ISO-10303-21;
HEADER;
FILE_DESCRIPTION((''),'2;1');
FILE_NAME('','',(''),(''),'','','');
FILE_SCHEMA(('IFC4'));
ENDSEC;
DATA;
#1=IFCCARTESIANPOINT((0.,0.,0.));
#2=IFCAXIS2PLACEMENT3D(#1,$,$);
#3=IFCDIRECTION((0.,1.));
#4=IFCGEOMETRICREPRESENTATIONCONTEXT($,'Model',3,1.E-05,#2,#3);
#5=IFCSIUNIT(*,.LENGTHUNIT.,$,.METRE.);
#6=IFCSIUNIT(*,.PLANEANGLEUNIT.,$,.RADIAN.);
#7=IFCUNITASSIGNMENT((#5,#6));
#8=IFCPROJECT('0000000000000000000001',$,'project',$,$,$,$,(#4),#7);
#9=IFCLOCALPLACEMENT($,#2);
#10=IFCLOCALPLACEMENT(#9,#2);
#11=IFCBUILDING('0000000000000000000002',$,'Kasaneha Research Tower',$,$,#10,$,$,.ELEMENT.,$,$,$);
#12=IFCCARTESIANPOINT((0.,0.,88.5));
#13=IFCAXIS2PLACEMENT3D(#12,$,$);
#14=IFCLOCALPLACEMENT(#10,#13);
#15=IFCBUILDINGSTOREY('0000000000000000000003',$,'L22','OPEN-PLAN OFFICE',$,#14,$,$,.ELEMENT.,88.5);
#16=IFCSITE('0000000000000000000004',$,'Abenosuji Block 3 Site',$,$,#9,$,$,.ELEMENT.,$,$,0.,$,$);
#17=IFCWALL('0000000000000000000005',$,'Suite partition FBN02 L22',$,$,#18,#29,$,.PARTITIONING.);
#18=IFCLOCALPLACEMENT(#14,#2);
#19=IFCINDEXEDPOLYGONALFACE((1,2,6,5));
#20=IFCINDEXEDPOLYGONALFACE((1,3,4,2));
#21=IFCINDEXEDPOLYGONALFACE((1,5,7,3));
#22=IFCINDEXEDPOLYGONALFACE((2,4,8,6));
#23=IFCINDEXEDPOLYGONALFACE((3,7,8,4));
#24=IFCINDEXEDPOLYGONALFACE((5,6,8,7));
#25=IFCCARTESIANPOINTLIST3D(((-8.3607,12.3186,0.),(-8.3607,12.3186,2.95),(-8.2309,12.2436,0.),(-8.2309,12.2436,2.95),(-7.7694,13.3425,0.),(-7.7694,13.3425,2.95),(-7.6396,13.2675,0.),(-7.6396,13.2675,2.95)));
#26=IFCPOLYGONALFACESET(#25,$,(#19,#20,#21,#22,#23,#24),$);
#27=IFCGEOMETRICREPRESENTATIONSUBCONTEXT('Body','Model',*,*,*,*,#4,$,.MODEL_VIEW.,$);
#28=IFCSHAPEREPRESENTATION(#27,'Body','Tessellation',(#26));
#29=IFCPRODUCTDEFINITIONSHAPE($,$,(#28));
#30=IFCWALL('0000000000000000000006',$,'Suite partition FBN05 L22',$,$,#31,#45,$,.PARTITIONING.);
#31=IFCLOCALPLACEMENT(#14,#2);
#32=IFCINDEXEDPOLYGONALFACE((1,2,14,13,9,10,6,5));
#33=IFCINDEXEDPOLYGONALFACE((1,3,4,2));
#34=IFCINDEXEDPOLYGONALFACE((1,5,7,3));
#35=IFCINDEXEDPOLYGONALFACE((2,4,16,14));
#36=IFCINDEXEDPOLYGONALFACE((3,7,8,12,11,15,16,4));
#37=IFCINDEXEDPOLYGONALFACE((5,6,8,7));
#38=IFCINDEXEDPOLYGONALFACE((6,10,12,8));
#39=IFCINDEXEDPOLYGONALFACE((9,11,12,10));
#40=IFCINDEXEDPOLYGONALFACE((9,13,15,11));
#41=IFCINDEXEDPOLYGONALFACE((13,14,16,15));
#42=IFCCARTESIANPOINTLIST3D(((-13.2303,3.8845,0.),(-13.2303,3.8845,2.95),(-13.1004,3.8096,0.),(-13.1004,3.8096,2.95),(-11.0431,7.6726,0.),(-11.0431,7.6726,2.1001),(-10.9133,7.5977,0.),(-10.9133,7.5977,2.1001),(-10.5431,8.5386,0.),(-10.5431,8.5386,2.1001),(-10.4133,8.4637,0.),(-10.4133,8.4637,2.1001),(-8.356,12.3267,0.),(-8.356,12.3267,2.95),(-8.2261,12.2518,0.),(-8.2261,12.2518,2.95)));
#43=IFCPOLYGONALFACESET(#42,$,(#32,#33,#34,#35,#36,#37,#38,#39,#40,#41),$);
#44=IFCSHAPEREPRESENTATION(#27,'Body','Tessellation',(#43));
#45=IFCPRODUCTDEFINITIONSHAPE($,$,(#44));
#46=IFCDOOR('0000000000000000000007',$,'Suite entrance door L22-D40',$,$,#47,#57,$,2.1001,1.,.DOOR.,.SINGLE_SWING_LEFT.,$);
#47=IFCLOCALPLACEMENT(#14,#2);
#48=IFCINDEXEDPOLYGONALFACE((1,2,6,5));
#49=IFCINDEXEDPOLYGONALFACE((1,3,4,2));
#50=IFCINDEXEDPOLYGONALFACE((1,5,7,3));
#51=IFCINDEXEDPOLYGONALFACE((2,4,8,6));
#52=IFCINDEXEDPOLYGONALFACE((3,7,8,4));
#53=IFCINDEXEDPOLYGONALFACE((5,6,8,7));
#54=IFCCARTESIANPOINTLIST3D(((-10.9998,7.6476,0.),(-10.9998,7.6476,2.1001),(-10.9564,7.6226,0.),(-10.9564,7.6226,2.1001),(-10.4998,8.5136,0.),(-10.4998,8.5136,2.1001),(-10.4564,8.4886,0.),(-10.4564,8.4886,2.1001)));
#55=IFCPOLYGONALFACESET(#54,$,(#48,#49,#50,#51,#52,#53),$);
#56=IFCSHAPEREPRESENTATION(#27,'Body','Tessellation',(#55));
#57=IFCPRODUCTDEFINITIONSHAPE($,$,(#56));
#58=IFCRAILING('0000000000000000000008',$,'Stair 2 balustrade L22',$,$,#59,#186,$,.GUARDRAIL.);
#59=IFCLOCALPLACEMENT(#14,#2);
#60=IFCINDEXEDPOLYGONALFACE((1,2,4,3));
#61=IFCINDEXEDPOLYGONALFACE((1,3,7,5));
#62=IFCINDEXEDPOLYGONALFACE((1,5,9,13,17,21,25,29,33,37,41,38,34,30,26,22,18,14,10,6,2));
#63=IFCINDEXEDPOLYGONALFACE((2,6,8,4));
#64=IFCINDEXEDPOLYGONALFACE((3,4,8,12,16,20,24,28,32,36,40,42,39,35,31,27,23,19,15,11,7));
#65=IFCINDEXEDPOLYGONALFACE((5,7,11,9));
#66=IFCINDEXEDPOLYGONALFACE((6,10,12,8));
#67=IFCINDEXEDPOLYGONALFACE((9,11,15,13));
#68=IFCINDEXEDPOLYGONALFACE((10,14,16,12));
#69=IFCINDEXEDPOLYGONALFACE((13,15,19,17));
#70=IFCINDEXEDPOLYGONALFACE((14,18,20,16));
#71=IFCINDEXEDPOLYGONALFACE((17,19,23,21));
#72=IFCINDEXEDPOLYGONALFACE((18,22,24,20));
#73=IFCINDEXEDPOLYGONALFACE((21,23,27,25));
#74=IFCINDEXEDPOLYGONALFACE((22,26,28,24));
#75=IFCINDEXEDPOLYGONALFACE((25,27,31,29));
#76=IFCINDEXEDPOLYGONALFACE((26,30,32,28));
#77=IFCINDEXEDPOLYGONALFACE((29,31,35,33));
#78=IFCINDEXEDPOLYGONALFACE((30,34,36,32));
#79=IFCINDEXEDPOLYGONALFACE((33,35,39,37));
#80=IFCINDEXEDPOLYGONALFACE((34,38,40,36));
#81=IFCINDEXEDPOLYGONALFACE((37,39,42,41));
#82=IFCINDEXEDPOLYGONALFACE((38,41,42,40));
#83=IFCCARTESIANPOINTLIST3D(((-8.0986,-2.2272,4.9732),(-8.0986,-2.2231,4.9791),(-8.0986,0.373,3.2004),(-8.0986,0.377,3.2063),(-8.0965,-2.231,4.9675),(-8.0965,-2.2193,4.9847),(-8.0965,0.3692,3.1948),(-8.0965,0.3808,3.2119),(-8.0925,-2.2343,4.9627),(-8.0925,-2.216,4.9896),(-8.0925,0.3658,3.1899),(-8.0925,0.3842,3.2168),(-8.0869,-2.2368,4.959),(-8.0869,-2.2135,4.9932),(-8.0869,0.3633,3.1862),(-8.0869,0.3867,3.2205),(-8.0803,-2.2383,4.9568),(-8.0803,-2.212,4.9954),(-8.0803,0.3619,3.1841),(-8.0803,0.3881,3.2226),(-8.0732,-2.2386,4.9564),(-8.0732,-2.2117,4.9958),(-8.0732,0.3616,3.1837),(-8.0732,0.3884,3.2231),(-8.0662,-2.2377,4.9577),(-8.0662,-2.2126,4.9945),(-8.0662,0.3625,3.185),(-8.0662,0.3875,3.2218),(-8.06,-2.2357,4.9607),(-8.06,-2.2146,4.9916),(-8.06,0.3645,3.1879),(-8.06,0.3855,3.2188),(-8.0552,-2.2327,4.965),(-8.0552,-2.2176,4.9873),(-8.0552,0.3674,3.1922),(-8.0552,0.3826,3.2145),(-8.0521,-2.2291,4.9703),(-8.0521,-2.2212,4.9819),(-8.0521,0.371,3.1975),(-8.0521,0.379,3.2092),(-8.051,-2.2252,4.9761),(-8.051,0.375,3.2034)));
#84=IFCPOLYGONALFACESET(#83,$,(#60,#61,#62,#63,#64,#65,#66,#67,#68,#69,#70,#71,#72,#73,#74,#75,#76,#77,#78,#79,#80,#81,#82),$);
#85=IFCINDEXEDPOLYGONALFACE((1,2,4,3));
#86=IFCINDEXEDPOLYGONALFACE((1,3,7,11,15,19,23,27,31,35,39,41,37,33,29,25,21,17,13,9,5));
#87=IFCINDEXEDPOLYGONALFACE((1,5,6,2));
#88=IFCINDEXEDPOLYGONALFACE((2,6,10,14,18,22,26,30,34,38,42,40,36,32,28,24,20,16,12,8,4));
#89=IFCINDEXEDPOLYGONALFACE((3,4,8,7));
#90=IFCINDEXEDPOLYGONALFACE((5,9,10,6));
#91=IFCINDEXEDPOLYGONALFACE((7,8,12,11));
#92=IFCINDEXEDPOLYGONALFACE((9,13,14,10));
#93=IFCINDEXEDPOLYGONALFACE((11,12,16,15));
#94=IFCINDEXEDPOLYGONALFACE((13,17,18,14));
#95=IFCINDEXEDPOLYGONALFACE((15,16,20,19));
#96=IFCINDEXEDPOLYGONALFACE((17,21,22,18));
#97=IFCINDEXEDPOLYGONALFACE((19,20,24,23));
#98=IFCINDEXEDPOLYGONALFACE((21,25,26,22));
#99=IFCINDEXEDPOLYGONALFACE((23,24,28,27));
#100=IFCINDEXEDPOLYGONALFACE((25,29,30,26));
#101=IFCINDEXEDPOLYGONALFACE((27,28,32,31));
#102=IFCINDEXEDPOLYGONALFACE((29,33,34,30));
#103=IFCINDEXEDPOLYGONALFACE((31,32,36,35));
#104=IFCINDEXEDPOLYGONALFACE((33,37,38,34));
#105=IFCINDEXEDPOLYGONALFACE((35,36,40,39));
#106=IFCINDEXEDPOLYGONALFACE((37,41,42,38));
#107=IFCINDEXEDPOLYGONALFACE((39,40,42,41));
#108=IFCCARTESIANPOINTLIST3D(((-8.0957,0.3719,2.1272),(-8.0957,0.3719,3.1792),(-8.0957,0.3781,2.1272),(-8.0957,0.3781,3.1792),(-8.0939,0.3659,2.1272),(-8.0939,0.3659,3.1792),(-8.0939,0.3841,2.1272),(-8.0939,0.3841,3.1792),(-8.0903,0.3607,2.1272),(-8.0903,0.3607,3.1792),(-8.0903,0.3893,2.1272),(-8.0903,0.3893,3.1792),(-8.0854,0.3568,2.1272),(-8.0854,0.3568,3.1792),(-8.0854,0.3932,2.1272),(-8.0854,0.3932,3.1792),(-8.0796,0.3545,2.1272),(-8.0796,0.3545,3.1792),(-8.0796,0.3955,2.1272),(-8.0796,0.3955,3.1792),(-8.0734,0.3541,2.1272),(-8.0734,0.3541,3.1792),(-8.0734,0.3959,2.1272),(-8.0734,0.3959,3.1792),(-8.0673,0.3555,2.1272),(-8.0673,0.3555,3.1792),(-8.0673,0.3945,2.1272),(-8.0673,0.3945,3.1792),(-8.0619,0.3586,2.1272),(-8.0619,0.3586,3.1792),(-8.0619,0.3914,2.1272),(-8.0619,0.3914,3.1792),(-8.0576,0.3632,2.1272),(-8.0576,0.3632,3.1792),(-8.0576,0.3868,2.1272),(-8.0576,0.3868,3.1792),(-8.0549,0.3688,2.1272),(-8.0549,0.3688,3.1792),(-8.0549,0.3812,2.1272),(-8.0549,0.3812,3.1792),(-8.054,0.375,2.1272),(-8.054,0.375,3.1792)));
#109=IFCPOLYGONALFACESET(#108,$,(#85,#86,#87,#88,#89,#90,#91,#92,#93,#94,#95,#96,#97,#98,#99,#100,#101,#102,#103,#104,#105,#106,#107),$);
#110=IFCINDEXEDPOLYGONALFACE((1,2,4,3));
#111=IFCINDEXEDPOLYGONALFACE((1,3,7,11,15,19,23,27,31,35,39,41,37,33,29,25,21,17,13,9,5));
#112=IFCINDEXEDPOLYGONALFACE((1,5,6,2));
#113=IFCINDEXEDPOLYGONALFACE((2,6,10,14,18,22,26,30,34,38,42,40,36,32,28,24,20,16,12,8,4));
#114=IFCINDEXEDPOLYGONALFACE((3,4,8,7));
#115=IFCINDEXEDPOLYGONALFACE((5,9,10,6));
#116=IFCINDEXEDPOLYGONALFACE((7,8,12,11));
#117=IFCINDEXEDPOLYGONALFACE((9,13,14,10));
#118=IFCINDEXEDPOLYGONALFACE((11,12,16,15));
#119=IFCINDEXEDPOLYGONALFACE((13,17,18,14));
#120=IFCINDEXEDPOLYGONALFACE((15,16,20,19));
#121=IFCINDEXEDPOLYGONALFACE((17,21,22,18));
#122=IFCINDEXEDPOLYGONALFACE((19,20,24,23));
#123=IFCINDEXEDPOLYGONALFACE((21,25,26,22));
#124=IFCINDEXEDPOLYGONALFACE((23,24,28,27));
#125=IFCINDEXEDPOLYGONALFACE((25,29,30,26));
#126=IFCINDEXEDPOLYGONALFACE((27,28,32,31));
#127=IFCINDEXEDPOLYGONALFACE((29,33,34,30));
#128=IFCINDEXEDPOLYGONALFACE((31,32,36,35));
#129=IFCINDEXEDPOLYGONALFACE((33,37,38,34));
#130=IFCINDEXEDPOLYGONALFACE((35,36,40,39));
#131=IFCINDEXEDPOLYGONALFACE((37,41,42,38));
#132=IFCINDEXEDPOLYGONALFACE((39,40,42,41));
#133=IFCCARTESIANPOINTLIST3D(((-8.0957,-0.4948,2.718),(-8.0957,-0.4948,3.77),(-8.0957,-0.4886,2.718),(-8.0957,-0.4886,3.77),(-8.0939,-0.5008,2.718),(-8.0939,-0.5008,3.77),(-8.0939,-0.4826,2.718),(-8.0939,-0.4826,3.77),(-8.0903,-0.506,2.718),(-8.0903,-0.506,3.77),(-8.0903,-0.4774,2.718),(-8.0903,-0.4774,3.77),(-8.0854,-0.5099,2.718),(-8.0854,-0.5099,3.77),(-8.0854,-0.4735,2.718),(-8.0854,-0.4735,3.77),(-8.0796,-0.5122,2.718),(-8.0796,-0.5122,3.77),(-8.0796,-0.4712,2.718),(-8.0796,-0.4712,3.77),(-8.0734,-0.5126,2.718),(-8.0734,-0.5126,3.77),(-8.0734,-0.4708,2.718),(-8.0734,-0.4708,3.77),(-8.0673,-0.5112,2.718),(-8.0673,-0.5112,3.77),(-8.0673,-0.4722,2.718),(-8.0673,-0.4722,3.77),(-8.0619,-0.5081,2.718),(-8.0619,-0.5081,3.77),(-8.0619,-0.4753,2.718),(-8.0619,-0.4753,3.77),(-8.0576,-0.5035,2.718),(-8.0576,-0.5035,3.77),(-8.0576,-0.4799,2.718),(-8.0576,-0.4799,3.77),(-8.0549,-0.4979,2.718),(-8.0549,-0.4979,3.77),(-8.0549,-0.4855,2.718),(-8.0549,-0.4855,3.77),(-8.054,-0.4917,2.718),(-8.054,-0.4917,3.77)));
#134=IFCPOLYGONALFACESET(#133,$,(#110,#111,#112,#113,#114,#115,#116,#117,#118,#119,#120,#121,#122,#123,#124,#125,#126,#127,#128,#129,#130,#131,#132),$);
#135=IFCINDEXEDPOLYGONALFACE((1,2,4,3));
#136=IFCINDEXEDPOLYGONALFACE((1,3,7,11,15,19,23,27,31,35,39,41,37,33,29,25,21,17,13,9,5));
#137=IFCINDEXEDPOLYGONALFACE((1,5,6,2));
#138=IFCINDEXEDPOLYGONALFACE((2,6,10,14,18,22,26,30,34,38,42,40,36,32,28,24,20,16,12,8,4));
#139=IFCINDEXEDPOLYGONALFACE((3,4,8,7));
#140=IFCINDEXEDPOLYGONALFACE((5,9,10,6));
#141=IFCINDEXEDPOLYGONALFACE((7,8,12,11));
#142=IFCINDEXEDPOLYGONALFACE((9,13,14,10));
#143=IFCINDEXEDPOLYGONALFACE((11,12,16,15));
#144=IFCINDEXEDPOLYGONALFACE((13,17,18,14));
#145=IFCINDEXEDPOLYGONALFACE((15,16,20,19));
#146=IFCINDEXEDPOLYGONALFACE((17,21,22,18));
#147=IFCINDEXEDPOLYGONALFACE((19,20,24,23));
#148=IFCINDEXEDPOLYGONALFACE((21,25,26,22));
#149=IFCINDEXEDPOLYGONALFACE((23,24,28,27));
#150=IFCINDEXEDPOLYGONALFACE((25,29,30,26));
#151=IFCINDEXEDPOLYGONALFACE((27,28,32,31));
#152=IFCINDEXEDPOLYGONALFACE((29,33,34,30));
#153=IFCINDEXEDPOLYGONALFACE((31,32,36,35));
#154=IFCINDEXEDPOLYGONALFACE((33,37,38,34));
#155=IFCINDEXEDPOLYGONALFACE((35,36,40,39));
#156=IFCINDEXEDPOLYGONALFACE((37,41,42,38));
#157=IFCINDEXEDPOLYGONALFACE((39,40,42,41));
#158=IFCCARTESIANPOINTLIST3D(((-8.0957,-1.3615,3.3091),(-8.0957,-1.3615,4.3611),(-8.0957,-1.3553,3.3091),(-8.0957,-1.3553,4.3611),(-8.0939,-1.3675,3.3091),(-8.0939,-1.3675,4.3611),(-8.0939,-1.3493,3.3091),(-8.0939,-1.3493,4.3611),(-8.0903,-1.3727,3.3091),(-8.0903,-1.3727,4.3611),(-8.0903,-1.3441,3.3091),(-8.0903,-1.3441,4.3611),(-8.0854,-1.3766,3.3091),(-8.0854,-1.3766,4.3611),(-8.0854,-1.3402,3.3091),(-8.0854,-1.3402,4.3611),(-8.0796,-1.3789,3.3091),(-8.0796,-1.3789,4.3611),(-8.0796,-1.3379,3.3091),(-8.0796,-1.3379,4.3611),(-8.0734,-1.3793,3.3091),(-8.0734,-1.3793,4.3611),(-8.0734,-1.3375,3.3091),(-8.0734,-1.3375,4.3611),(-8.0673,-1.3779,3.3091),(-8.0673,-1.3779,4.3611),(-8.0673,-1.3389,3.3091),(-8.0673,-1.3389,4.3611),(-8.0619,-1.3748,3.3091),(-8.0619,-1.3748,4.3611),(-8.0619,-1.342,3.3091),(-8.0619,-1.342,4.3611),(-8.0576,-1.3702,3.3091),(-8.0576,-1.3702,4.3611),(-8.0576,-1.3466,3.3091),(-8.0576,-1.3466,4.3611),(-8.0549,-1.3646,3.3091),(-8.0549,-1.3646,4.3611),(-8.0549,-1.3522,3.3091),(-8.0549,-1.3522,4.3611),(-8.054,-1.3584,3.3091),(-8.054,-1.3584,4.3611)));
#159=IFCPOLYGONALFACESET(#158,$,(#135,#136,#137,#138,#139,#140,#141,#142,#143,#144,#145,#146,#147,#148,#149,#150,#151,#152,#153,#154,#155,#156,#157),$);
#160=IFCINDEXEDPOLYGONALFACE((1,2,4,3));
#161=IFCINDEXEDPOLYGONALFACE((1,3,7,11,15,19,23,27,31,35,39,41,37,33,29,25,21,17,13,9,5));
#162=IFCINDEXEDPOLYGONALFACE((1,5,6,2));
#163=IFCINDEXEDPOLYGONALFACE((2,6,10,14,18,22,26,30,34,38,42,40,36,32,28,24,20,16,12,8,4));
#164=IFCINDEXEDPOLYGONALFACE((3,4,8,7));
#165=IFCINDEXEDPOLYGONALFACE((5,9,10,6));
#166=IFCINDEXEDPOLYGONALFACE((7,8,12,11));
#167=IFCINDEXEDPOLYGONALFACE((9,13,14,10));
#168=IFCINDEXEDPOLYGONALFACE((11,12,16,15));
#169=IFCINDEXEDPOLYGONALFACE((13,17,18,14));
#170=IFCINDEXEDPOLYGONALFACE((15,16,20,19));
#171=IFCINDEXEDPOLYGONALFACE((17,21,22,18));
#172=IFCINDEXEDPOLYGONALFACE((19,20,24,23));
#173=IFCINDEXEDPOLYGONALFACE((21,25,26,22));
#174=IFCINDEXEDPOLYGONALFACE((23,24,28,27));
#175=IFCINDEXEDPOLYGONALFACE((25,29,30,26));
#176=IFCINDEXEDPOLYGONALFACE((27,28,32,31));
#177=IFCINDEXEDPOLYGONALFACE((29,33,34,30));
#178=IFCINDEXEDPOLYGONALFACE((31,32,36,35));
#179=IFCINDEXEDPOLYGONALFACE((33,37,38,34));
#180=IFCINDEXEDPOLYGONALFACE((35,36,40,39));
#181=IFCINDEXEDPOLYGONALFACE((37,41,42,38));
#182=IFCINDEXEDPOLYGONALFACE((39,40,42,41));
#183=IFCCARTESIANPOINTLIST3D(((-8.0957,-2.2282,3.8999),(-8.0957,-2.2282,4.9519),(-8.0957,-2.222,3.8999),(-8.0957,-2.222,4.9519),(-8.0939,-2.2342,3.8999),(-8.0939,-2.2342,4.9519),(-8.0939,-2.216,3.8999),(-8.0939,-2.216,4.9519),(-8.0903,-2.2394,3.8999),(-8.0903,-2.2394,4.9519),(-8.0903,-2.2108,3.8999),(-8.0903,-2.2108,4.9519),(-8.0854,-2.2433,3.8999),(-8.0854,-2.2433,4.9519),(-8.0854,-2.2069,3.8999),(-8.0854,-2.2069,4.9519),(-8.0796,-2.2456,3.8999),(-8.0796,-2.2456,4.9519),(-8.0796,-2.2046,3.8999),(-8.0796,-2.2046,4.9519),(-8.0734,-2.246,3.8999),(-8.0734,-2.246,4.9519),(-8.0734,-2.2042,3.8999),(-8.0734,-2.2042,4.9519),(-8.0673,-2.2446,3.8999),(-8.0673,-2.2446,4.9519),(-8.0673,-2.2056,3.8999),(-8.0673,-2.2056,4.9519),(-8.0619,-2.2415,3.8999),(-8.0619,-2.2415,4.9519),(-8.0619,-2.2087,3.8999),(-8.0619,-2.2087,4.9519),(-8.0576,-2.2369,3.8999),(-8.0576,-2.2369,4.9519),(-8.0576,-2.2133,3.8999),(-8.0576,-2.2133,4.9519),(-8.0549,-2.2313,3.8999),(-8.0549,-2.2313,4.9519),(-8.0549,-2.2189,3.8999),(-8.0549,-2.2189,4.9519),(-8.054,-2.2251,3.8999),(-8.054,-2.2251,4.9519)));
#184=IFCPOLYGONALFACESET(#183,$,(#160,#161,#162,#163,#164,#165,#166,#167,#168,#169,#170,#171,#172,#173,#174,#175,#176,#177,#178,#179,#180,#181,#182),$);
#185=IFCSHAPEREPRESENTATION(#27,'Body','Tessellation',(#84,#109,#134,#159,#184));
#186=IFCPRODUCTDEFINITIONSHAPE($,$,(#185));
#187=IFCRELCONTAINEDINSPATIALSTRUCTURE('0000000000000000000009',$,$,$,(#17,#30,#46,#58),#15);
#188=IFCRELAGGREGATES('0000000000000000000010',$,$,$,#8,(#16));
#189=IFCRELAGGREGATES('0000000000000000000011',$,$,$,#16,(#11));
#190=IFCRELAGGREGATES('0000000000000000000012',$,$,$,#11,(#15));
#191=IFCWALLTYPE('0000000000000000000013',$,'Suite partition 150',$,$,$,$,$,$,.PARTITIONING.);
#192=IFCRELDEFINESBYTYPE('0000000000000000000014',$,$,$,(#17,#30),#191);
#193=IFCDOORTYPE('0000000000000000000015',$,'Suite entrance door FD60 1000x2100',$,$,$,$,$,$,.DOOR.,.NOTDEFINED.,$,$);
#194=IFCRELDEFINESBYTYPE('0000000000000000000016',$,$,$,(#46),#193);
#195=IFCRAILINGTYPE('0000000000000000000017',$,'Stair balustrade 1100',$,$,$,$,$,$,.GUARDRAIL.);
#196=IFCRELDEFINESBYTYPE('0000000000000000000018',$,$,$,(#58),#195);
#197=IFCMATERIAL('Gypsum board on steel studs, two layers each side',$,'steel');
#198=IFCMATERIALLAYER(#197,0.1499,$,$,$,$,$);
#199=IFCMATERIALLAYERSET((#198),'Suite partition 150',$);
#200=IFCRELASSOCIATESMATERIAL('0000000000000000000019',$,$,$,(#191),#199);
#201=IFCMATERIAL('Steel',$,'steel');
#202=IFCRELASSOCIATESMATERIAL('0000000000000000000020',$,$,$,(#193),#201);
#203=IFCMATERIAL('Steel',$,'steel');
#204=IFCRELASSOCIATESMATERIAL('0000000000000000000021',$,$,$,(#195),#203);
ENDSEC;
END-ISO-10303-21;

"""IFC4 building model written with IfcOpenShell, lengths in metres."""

from ifc_helpers import new_model, si_unit, direction, frame, frame_2d, origin, origin_2d, place, context, subcontext, project, spatial, rectangle, circle, extrude, material, layer, layer_set, type_object, element, fill, save


model = new_model("IFC4")

# Units and contexts
model_context = context("Model", 3, precision=1e-05, world=origin(), true_north=direction((0.0, 1.0)))
body_context = subcontext(model_context, "Body", "Model", "MODEL_VIEW")
ifc_project = project(units=[si_unit("LENGTHUNIT", "METRE"), si_unit("PLANEANGLEUNIT", "RADIAN")], contexts=[model_context])

# Site, building, storey
site_placement = place(None, origin())
site = spatial("IfcSite", under=ifc_project, at=site_placement, Name="Abenosuji Block 3 Site", CompositionType="ELEMENT", RefElevation=0.0)
building_placement = place(site_placement, origin())
building = spatial("IfcBuilding", under=site, at=building_placement, Name="Kasaneha Research Tower", CompositionType="ELEMENT")
storey_placement = place(building_placement, frame((0.0, 0.0, 88.5)))
storey = spatial("IfcBuildingStorey", under=building, at=storey_placement, Name="L22", Description="OPEN-PLAN OFFICE", CompositionType="ELEMENT", Elevation=88.5)

# Wall
ifc_material_1 = material(Name="Gypsum board on steel studs, two layers each side", Category="steel")
ifc_layer_1 = layer(ifc_material_1, 0.1499)
ifc_layer_set_1 = layer_set([ifc_layer_1], Name="Suite partition 150")
wall_type_1 = type_object("IfcWallType", Name="Suite partition 150", PredefinedType="PARTITIONING", material=ifc_layer_set_1)
wall_1_placement = place(storey_placement, frame((-8.2959, 12.281, 0.0), z_axis=(0.0, 0.0, 1.0), x_axis=(0.500092, 0.865972, 0.0)))
element("IfcWall", 1, at=wall_1_placement, inside=storey, type_object=wall_type_1, Name="Suite partition FBN02 L22", PredefinedType="PARTITIONING", context=body_context, shape_type="SweptSolid", body=[
    extrude(rectangle(XDim=1.1824, YDim=0.1499, at=frame_2d((0.5913, 0.0))), origin(), (0.0, 0.0, 1.0), 2.95),
])

# Wall, opening, door
wall_2_placement = place(storey_placement, frame((-13.1653, 3.8472, 0.0), z_axis=(0.0, 0.0, 1.0), x_axis=(0.500015, 0.866017, 0.0)))
wall_2 = element("IfcWall", 2, at=wall_2_placement, inside=storey, type_object=wall_type_1, Name="Suite partition FBN05 L22", PredefinedType="PARTITIONING", context=body_context, shape_type="SweptSolid", body=[
    extrude(rectangle(XDim=9.7483, YDim=0.1499, at=frame_2d((4.874, 0.0))), origin(), (0.0, 0.0, 1.0), 2.95),
])
opening_1_placement = place(wall_2_placement, frame((4.374, 0.0, 0.0)))
opening_1 = element("IfcOpeningElement", 3, at=opening_1_placement, cuts=wall_2, PredefinedType="OPENING", context=body_context, shape_type="SweptSolid", body=[
    extrude(rectangle(XDim=1.0, YDim=2.1001, at=frame_2d((0.5, 1.05))), frame((0.0, 0.085, 0.0), z_axis=(0.0, -1.0, 0.0), x_axis=(1.0, 0.0, 0.0)), (0.0, 0.0, 1.0), 0.1699),
])
ifc_material_2 = material(Name="Steel", Category="steel")
door_type_1 = type_object("IfcDoorType", Name="Suite entrance door FD60 1000x2100", OperationType="NOTDEFINED", PredefinedType="DOOR", material=ifc_material_2)
door_1_placement = place(opening_1_placement, origin())
door_1 = element("IfcDoor", 4, at=door_1_placement, inside=storey, type_object=door_type_1, Name="Suite entrance door L22-D40", OperationType="SINGLE_SWING_LEFT", OverallHeight=2.1001, OverallWidth=1.0, PredefinedType="DOOR", context=body_context, shape_type="SweptSolid", body=[
    extrude(rectangle(XDim=1.0, YDim=2.1001, at=frame_2d((0.5, 1.05))), frame((0.0, 0.0249, 0.0), z_axis=(0.0, -1.0, 0.0), x_axis=(1.0, 0.0, 0.0)), (0.0, 0.0, 1.0), 0.05),
])
fill(opening_1, door_1)

# Railing
ifc_material_3 = material(Name="Steel", Category="steel")
railing_type = type_object("IfcRailingType", Name="Stair balustrade 1100", PredefinedType="GUARDRAIL", material=ifc_material_3)
railing_placement = place(storey_placement, frame((-8.075, 0.375, 2.1272)))
element("IfcRailing", 5, at=railing_placement, inside=storey, type_object=railing_type, Name="Stair 2 balustrade L22", PredefinedType="GUARDRAIL", context=body_context, shape_type="SweptSolid", body=[
    extrude(circle(Radius=0.0239, at=origin_2d()), frame((0.0, 0.0, 1.0762), z_axis=(0.0, -0.82624, 0.563318), x_axis=(1.0, 0.0, 0.0)), (0.0, 0.0, 1.0), 3.147),
    extrude(circle(Radius=0.021, at=origin_2d()), origin(), (0.0, 0.0, 1.0), 1.052),
    extrude(circle(Radius=0.021, at=origin_2d()), frame((0.0, -0.8667, 0.5908)), (0.0, 0.0, 1.0), 1.052),
    extrude(circle(Radius=0.021, at=origin_2d()), frame((0.0, -1.7334, 1.1819)), (0.0, 0.0, 1.0), 1.052),
    extrude(circle(Radius=0.021, at=origin_2d()), frame((0.0, -2.6001, 1.7727)), (0.0, 0.0, 1.0), 1.052),
])

save(model, "model.ifc")
